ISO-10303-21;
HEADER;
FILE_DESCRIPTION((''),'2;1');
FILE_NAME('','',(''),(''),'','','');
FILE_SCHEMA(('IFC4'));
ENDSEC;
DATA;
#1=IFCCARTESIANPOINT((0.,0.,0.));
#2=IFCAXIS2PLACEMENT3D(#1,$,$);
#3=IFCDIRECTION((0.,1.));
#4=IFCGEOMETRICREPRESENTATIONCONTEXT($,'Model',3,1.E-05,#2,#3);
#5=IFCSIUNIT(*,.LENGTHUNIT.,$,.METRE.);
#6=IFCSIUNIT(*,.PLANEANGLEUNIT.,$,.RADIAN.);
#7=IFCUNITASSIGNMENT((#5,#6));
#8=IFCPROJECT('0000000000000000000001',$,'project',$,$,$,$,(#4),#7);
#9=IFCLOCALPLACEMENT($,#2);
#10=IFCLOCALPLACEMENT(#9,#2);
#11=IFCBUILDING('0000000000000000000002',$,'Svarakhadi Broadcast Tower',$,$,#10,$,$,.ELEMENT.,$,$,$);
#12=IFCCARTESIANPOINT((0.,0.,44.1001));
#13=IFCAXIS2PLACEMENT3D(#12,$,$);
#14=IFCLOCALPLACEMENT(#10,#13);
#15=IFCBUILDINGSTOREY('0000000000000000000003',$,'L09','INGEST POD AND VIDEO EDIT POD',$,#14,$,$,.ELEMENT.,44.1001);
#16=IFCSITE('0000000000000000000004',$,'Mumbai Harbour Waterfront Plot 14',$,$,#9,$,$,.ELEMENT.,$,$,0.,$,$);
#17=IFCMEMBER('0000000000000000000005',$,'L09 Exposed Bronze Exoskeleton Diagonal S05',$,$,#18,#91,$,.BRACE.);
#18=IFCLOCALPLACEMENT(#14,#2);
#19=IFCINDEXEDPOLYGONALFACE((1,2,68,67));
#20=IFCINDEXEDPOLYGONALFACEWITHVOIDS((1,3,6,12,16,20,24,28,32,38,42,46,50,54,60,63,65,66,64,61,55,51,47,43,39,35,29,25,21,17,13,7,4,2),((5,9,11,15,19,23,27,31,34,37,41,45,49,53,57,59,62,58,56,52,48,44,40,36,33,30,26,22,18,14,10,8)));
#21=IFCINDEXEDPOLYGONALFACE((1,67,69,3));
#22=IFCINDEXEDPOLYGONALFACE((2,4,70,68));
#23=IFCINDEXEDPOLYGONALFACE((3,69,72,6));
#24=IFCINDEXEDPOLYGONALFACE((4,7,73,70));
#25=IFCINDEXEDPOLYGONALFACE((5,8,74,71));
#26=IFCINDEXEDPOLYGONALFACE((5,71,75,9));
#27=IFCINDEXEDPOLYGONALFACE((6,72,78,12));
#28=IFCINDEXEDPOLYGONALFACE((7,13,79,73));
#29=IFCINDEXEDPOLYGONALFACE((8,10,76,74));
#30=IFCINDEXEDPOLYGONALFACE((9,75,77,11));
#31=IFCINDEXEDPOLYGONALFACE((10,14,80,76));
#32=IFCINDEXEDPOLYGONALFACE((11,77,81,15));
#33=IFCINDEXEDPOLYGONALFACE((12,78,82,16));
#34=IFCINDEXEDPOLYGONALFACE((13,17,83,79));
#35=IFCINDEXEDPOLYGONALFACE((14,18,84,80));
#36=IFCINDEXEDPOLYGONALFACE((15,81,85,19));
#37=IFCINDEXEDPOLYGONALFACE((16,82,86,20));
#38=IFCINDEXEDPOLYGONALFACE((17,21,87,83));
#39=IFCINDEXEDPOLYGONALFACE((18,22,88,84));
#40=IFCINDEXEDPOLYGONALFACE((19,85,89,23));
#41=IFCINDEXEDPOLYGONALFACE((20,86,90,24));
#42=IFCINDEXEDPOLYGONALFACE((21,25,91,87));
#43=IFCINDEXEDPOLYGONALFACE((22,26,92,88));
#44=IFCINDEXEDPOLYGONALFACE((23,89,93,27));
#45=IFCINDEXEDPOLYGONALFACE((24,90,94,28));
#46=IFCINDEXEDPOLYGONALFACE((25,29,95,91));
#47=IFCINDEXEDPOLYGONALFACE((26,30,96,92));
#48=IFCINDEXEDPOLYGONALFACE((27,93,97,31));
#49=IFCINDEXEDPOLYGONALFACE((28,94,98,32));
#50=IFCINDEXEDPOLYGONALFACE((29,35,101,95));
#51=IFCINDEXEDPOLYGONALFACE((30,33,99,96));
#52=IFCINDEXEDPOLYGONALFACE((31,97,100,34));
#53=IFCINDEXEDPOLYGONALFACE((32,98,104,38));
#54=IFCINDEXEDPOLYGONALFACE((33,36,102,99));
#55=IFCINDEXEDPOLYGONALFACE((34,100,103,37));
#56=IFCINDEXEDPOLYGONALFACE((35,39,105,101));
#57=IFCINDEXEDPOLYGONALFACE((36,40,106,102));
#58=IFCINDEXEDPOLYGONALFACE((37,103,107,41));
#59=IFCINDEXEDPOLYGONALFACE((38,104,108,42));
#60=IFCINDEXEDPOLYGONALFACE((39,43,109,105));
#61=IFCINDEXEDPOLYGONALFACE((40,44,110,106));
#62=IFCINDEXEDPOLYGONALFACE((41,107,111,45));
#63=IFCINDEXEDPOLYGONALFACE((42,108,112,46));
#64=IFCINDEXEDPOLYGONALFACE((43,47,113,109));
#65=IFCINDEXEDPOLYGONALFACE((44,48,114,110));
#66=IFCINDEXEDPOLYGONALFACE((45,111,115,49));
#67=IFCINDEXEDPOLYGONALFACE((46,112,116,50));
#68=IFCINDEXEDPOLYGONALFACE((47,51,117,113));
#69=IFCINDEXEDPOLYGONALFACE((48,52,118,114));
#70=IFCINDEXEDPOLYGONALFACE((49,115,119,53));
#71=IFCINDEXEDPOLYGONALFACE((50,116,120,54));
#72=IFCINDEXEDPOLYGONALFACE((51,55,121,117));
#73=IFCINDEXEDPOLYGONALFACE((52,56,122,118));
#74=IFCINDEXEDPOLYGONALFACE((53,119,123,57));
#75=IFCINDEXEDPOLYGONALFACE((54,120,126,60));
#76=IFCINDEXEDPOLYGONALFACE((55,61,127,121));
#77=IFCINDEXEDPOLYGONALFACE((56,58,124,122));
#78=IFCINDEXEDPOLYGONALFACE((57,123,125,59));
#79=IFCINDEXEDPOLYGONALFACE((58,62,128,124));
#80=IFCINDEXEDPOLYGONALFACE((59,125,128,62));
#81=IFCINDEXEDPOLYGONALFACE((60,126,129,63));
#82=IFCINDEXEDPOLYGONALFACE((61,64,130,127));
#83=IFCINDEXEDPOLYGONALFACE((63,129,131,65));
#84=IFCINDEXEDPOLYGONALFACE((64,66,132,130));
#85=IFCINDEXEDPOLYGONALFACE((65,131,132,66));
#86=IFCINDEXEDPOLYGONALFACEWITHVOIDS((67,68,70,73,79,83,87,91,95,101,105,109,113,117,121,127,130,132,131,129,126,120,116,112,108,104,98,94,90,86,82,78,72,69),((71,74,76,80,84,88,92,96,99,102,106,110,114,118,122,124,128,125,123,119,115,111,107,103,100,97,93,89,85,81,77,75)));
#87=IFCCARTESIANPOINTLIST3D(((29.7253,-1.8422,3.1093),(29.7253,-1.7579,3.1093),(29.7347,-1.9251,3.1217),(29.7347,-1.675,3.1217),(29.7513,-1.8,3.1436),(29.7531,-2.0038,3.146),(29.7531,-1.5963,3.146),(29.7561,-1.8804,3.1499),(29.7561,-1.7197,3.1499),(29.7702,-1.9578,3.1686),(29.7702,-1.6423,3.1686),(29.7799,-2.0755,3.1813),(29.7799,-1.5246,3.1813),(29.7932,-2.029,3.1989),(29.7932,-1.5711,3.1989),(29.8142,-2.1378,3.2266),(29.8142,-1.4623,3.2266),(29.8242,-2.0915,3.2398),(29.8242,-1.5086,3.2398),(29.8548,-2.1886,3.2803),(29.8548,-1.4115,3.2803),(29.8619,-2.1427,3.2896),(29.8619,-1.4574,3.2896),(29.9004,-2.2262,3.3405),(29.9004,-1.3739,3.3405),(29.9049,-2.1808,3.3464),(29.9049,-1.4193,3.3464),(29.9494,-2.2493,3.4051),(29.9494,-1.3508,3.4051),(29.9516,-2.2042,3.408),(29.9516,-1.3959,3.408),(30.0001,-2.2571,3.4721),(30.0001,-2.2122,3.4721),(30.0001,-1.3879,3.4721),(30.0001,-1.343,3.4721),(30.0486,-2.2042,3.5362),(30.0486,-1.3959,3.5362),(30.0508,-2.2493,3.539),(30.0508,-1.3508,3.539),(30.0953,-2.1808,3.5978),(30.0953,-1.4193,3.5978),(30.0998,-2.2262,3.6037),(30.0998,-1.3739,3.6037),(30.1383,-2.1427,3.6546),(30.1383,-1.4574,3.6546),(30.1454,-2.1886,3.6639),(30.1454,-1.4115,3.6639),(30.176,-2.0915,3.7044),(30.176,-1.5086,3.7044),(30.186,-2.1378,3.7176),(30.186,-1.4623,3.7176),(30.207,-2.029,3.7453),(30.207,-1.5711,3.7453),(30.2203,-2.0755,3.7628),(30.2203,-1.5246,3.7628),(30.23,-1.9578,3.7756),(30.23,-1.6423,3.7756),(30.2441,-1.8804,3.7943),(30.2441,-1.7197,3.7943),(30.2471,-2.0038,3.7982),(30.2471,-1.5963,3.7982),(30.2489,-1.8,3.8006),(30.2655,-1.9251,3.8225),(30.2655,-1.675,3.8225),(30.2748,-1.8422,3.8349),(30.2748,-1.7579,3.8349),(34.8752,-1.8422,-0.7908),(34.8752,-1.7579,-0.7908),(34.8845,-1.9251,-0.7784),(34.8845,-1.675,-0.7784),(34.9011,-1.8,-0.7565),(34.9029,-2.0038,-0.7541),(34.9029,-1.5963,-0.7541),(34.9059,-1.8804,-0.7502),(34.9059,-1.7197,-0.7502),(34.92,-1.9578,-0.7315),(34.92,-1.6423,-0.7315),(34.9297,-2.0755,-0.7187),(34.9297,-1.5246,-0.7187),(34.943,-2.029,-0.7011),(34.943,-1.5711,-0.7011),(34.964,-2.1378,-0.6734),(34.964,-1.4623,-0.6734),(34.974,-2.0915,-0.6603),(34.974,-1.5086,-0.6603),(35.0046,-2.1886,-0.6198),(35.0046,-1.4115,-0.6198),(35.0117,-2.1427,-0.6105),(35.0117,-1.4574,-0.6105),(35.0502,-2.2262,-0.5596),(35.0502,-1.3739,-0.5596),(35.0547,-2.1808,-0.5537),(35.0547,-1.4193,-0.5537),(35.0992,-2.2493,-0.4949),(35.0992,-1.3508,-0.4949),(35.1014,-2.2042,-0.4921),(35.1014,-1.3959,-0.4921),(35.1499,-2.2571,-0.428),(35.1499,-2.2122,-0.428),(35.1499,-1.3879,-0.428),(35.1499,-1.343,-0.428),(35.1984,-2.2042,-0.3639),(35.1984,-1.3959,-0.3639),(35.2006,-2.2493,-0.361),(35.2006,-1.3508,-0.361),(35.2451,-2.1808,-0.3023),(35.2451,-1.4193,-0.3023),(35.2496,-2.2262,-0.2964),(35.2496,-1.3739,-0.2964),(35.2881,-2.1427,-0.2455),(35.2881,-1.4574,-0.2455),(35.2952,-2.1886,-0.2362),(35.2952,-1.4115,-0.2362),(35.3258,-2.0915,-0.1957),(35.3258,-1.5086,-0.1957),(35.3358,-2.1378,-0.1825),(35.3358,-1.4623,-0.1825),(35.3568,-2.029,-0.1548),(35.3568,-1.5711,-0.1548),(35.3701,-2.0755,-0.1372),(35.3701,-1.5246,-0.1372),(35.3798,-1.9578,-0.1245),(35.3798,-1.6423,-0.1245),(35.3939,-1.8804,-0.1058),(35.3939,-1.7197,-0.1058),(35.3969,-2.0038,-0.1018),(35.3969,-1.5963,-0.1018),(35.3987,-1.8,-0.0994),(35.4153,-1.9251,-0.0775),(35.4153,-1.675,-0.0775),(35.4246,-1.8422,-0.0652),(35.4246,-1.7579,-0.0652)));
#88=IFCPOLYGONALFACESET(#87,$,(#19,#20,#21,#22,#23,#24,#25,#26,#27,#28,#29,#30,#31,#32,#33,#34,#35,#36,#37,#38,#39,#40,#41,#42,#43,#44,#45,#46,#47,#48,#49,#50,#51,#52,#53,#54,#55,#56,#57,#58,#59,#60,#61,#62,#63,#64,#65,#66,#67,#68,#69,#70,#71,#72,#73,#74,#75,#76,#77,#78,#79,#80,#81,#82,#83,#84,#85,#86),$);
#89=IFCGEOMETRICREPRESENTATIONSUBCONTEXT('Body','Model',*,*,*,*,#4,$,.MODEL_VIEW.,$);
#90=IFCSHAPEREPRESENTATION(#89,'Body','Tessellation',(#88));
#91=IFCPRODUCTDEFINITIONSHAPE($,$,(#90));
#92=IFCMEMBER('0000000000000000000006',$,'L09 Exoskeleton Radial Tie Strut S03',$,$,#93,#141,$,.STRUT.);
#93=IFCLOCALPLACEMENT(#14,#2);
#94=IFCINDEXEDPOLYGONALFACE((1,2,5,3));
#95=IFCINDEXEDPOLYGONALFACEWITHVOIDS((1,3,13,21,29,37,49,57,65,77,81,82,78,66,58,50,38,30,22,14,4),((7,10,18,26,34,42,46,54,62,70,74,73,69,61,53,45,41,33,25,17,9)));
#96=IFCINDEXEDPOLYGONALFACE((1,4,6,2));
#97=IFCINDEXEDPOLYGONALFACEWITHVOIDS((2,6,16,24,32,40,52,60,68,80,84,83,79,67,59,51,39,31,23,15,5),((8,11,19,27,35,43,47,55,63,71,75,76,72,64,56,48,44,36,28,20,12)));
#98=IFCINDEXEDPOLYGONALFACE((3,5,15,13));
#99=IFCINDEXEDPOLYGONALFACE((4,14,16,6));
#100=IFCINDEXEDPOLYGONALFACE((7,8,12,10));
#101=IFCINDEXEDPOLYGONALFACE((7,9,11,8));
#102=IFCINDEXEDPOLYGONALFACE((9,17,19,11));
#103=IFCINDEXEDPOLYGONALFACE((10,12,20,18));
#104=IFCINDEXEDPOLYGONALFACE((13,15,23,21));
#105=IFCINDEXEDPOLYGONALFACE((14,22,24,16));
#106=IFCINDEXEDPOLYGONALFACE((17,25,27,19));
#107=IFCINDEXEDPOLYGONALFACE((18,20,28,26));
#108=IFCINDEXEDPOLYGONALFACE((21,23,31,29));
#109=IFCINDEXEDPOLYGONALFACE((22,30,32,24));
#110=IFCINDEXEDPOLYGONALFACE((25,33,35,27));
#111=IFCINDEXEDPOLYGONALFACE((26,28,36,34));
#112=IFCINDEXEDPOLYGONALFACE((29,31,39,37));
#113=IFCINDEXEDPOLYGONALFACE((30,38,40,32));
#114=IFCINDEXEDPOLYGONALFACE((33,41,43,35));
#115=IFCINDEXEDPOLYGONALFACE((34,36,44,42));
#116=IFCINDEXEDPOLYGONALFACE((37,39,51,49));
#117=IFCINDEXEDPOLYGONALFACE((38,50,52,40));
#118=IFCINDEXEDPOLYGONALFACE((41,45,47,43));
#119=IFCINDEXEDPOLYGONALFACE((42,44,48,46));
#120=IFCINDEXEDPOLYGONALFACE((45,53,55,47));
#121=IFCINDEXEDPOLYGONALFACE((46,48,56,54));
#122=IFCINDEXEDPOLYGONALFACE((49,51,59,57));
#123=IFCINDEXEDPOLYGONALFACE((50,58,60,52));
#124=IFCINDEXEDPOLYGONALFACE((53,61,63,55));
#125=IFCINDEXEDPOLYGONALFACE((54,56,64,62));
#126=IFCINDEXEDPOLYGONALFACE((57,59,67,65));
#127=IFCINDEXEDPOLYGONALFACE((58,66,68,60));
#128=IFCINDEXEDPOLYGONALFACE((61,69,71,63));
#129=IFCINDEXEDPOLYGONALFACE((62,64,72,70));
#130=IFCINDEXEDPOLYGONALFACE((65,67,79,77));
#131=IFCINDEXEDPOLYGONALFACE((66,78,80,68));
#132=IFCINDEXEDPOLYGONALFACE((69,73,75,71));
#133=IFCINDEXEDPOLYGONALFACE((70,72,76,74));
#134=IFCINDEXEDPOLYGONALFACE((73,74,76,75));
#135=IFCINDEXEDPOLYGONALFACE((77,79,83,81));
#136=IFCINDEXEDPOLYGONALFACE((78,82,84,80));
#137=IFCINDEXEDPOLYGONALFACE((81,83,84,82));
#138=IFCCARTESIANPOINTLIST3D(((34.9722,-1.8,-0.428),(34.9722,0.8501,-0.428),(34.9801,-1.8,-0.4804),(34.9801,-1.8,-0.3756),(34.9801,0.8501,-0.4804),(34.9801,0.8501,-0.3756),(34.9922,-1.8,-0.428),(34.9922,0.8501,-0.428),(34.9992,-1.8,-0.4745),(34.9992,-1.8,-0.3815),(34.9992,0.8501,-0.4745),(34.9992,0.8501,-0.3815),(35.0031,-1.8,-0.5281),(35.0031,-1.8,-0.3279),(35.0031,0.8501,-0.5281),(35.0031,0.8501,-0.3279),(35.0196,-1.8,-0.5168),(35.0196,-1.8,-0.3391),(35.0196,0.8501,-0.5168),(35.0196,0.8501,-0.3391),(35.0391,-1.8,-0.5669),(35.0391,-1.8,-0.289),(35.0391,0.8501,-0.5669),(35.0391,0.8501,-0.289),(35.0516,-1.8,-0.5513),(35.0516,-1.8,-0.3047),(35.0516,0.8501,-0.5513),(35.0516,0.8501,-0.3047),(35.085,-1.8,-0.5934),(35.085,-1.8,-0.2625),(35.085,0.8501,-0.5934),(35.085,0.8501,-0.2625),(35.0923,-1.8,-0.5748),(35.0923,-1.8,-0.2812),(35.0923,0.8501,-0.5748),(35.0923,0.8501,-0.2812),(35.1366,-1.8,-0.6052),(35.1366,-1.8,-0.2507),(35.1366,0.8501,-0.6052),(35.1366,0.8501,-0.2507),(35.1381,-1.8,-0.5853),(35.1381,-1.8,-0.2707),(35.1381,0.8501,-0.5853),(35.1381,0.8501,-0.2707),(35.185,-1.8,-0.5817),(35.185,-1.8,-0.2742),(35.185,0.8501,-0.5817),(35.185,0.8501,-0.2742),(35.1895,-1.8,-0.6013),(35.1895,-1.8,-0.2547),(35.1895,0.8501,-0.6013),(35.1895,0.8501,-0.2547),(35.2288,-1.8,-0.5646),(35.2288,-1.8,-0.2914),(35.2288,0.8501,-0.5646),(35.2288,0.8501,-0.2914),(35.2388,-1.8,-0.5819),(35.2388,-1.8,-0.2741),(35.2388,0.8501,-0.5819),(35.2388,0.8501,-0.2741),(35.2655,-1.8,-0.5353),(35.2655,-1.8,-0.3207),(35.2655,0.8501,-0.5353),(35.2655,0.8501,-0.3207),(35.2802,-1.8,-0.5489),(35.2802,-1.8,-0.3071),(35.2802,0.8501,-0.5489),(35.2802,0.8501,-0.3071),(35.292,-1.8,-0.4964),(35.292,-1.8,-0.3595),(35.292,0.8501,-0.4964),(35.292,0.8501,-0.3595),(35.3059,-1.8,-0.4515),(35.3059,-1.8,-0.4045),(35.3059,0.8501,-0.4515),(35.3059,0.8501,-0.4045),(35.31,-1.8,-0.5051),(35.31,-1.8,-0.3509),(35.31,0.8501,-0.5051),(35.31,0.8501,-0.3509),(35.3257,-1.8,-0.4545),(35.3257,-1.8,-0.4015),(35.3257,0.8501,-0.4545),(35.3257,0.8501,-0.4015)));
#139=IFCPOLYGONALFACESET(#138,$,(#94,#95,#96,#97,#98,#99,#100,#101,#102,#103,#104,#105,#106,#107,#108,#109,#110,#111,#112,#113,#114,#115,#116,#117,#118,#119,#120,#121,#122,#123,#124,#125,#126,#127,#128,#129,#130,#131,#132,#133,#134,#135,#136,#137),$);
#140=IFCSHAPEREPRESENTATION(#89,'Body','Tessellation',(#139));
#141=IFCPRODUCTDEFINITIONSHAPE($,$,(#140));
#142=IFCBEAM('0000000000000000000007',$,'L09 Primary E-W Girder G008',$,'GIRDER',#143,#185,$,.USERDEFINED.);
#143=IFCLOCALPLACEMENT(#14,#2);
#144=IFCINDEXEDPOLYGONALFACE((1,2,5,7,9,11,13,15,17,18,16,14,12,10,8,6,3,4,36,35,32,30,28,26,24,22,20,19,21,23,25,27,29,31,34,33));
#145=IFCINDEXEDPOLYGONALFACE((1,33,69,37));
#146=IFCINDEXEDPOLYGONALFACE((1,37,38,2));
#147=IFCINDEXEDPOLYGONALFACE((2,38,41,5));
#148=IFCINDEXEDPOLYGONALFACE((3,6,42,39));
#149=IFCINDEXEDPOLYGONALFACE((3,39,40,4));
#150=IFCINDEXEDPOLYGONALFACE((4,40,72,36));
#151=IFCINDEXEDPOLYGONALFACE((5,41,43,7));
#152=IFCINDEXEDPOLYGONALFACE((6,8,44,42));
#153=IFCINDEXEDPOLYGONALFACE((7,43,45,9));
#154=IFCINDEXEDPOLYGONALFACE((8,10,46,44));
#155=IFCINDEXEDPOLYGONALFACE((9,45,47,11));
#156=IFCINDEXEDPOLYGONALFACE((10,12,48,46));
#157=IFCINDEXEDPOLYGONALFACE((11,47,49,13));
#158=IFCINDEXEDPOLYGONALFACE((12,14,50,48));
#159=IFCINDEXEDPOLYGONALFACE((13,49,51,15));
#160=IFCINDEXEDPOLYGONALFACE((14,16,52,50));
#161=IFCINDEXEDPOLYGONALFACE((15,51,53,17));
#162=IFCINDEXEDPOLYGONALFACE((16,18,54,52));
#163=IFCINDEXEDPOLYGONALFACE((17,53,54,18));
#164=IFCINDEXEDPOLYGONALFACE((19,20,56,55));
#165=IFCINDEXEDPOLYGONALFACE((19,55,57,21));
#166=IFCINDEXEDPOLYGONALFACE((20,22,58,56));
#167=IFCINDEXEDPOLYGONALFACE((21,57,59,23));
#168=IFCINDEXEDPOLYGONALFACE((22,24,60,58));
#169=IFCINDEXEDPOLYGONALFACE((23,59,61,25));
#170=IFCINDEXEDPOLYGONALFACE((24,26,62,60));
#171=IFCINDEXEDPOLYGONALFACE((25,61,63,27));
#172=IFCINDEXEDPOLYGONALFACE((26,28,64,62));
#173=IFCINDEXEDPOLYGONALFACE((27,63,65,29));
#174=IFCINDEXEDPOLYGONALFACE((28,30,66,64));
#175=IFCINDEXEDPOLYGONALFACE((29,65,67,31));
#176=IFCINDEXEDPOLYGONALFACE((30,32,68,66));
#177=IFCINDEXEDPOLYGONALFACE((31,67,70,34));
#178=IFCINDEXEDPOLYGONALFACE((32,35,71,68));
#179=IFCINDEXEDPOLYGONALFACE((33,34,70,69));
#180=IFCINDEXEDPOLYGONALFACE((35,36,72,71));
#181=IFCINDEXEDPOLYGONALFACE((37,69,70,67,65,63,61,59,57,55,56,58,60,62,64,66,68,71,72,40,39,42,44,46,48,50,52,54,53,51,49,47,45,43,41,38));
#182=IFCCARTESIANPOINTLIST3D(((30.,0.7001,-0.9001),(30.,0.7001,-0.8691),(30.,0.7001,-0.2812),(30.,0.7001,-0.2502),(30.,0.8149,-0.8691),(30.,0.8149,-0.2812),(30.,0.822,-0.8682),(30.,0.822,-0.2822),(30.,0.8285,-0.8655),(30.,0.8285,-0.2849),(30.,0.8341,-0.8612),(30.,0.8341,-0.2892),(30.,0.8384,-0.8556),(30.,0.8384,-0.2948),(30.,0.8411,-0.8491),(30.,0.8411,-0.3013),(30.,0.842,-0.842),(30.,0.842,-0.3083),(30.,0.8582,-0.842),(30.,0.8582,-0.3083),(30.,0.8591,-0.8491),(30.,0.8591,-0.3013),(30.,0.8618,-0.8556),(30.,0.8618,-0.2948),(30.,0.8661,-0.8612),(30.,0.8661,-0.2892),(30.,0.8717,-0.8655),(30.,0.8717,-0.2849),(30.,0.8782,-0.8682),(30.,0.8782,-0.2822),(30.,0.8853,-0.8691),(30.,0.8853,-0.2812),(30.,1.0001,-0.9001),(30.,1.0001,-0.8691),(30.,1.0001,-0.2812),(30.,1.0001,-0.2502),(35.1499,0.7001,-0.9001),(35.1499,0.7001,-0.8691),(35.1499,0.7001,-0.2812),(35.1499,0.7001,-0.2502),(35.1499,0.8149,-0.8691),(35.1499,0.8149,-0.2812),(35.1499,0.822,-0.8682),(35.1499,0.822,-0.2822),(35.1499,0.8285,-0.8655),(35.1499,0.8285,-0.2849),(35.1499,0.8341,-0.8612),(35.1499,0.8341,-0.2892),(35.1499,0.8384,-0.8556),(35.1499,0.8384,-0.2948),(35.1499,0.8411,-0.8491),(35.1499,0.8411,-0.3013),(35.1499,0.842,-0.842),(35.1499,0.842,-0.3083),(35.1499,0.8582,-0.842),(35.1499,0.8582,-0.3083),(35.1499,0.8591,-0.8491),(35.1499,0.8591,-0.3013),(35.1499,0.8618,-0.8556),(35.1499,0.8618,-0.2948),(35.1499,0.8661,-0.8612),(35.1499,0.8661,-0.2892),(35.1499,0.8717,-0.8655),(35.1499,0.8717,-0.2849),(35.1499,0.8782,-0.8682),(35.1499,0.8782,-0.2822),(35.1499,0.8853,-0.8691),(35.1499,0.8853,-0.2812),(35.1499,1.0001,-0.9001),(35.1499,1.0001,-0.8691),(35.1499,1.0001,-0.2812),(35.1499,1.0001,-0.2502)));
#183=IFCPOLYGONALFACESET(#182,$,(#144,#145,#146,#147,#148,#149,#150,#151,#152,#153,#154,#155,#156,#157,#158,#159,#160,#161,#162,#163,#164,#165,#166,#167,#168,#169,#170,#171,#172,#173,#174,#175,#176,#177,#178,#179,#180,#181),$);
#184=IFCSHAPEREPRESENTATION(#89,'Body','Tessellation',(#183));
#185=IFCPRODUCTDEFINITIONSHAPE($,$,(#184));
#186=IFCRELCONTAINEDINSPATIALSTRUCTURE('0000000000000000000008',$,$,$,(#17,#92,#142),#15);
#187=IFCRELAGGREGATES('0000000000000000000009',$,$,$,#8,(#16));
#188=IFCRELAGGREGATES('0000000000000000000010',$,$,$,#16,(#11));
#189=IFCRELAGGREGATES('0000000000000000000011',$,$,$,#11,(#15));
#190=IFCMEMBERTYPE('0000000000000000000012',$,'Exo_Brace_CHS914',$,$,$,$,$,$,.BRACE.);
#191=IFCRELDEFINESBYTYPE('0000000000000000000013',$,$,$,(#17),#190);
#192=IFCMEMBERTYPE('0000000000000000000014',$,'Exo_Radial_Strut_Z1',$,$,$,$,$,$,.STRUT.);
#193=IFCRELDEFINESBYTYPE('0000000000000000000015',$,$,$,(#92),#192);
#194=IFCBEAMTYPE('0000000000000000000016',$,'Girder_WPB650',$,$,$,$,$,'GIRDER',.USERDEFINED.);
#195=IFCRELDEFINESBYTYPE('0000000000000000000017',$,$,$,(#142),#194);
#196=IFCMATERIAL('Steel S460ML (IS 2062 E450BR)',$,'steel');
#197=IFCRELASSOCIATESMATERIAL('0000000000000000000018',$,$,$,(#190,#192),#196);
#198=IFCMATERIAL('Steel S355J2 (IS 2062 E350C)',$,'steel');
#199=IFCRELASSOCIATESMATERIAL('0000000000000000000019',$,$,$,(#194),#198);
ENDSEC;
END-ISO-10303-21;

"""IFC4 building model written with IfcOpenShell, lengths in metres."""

from ifc_helpers import new_model, si_unit, direction, frame, origin, origin_2d, place, context, subcontext, project, spatial, hollow_circle, i_section, extrude, material, material_profile, profile_set, type_object, element, save


model = new_model("IFC4")

# Units and contexts
model_context = context("Model", 3, precision=1e-05, world=origin(), true_north=direction((0.0, 1.0)))
body_context = subcontext(model_context, "Body", "Model", "MODEL_VIEW")
ifc_project = project(units=[si_unit("LENGTHUNIT", "METRE"), si_unit("PLANEANGLEUNIT", "RADIAN")], contexts=[model_context])

# Site, building, storey
site_placement = place(None, origin())
site = spatial("IfcSite", under=ifc_project, at=site_placement, Name="Mumbai Harbour Waterfront Plot 14", CompositionType="ELEMENT", RefElevation=0.0)
building_placement = place(site_placement, origin())
building = spatial("IfcBuilding", under=site, at=building_placement, Name="Svarakhadi Broadcast Tower", CompositionType="ELEMENT")
storey_placement = place(building_placement, frame((0.0, 0.0, 44.1001)))
storey = spatial("IfcBuildingStorey", under=building, at=storey_placement, Name="L09", Description="INGEST POD AND VIDEO EDIT POD", CompositionType="ELEMENT", Elevation=44.1001)

# Members
ifc_material_1 = material(Name="Steel S460ML (IS 2062 E450BR)", Category="steel")
ifc_material_profile_1 = material_profile(ifc_material_1, hollow_circle(Radius=0.457, WallThickness=0.0449, at=origin_2d()), Name="CHS 914x45")
ifc_profile_set_1 = profile_set([ifc_material_profile_1], Name="Steel S460ML (IS 2062 E450BR)")
member_type_1 = type_object("IfcMemberType", Name="Exo_Brace_CHS914", PredefinedType="BRACE", material=ifc_profile_set_1)
member_1_placement = place(storey_placement, frame((35.1499, -1.8, -0.428), z_axis=(-0.797189, 0.0, 0.60373), x_axis=(0.0, -1.0, 0.0)))
element("IfcMember", 1, at=member_1_placement, inside=storey, type_object=member_type_1, Name="L09 Exposed Bronze Exoskeleton Diagonal S05", PredefinedType="BRACE", context=body_context, shape_type="SweptSolid", body=[
    extrude(hollow_circle(Radius=0.457, WallThickness=0.0449, at=origin_2d()), origin(), (0.0, 0.0, 1.0), 6.46),
])
ifc_material_profile_2 = material_profile(ifc_material_1, hollow_circle(Radius=0.1777, WallThickness=0.02, at=origin_2d()), Name="CHS 355.6x20")
ifc_profile_set_2 = profile_set([ifc_material_profile_2], Name="Steel S460ML (IS 2062 E450BR)")
member_type_2 = type_object("IfcMemberType", Name="Exo_Radial_Strut_Z1", PredefinedType="STRUT", material=ifc_profile_set_2)
member_2_placement = place(storey_placement, frame((35.1499, -1.8, -0.428), z_axis=(0.0, 1.0, 0.0), x_axis=(-1.0, 0.0, 0.0)))
element("IfcMember", 2, at=member_2_placement, inside=storey, type_object=member_type_2, Name="L09 Exoskeleton Radial Tie Strut S03", PredefinedType="STRUT", context=body_context, shape_type="SweptSolid", body=[
    extrude(hollow_circle(Radius=0.1777, WallThickness=0.02, at=origin_2d()), origin(), (0.0, 0.0, 1.0), 2.6501),
])

# Beam
ifc_material_2 = material(Name="Steel S355J2 (IS 2062 E350C)", Category="steel")
ifc_material_profile_3 = material_profile(ifc_material_2, i_section(OverallWidth=0.3, OverallDepth=0.6499, WebThickness=0.0161, FlangeThickness=0.031, FilletRadius=0.0271, at=origin_2d()), Name="WPB 650x300x225")
ifc_profile_set_3 = profile_set([ifc_material_profile_3], Name="Steel S355J2 (IS 2062 E350C)")
beam_type_1 = type_object("IfcBeamType", Name="Girder_WPB650", ElementType="GIRDER", PredefinedType="USERDEFINED", material=ifc_profile_set_3)
beam_1_placement = place(storey_placement, frame((30.0, 0.8501, -0.5752), z_axis=(1.0, 0.0, 0.0), x_axis=(0.0, 1.0, 0.0)))
element("IfcBeam", 3, at=beam_1_placement, inside=storey, type_object=beam_type_1, Name="L09 Primary E-W Girder G008", ObjectType="GIRDER", PredefinedType="USERDEFINED", context=body_context, shape_type="SweptSolid", body=[
    extrude(i_section(OverallWidth=0.3, OverallDepth=0.6499, WebThickness=0.0161, FlangeThickness=0.031, FilletRadius=0.0271, at=origin_2d()), origin(), (0.0, 0.0, 1.0), 5.1499),
])

save(model, "model.ifc")
